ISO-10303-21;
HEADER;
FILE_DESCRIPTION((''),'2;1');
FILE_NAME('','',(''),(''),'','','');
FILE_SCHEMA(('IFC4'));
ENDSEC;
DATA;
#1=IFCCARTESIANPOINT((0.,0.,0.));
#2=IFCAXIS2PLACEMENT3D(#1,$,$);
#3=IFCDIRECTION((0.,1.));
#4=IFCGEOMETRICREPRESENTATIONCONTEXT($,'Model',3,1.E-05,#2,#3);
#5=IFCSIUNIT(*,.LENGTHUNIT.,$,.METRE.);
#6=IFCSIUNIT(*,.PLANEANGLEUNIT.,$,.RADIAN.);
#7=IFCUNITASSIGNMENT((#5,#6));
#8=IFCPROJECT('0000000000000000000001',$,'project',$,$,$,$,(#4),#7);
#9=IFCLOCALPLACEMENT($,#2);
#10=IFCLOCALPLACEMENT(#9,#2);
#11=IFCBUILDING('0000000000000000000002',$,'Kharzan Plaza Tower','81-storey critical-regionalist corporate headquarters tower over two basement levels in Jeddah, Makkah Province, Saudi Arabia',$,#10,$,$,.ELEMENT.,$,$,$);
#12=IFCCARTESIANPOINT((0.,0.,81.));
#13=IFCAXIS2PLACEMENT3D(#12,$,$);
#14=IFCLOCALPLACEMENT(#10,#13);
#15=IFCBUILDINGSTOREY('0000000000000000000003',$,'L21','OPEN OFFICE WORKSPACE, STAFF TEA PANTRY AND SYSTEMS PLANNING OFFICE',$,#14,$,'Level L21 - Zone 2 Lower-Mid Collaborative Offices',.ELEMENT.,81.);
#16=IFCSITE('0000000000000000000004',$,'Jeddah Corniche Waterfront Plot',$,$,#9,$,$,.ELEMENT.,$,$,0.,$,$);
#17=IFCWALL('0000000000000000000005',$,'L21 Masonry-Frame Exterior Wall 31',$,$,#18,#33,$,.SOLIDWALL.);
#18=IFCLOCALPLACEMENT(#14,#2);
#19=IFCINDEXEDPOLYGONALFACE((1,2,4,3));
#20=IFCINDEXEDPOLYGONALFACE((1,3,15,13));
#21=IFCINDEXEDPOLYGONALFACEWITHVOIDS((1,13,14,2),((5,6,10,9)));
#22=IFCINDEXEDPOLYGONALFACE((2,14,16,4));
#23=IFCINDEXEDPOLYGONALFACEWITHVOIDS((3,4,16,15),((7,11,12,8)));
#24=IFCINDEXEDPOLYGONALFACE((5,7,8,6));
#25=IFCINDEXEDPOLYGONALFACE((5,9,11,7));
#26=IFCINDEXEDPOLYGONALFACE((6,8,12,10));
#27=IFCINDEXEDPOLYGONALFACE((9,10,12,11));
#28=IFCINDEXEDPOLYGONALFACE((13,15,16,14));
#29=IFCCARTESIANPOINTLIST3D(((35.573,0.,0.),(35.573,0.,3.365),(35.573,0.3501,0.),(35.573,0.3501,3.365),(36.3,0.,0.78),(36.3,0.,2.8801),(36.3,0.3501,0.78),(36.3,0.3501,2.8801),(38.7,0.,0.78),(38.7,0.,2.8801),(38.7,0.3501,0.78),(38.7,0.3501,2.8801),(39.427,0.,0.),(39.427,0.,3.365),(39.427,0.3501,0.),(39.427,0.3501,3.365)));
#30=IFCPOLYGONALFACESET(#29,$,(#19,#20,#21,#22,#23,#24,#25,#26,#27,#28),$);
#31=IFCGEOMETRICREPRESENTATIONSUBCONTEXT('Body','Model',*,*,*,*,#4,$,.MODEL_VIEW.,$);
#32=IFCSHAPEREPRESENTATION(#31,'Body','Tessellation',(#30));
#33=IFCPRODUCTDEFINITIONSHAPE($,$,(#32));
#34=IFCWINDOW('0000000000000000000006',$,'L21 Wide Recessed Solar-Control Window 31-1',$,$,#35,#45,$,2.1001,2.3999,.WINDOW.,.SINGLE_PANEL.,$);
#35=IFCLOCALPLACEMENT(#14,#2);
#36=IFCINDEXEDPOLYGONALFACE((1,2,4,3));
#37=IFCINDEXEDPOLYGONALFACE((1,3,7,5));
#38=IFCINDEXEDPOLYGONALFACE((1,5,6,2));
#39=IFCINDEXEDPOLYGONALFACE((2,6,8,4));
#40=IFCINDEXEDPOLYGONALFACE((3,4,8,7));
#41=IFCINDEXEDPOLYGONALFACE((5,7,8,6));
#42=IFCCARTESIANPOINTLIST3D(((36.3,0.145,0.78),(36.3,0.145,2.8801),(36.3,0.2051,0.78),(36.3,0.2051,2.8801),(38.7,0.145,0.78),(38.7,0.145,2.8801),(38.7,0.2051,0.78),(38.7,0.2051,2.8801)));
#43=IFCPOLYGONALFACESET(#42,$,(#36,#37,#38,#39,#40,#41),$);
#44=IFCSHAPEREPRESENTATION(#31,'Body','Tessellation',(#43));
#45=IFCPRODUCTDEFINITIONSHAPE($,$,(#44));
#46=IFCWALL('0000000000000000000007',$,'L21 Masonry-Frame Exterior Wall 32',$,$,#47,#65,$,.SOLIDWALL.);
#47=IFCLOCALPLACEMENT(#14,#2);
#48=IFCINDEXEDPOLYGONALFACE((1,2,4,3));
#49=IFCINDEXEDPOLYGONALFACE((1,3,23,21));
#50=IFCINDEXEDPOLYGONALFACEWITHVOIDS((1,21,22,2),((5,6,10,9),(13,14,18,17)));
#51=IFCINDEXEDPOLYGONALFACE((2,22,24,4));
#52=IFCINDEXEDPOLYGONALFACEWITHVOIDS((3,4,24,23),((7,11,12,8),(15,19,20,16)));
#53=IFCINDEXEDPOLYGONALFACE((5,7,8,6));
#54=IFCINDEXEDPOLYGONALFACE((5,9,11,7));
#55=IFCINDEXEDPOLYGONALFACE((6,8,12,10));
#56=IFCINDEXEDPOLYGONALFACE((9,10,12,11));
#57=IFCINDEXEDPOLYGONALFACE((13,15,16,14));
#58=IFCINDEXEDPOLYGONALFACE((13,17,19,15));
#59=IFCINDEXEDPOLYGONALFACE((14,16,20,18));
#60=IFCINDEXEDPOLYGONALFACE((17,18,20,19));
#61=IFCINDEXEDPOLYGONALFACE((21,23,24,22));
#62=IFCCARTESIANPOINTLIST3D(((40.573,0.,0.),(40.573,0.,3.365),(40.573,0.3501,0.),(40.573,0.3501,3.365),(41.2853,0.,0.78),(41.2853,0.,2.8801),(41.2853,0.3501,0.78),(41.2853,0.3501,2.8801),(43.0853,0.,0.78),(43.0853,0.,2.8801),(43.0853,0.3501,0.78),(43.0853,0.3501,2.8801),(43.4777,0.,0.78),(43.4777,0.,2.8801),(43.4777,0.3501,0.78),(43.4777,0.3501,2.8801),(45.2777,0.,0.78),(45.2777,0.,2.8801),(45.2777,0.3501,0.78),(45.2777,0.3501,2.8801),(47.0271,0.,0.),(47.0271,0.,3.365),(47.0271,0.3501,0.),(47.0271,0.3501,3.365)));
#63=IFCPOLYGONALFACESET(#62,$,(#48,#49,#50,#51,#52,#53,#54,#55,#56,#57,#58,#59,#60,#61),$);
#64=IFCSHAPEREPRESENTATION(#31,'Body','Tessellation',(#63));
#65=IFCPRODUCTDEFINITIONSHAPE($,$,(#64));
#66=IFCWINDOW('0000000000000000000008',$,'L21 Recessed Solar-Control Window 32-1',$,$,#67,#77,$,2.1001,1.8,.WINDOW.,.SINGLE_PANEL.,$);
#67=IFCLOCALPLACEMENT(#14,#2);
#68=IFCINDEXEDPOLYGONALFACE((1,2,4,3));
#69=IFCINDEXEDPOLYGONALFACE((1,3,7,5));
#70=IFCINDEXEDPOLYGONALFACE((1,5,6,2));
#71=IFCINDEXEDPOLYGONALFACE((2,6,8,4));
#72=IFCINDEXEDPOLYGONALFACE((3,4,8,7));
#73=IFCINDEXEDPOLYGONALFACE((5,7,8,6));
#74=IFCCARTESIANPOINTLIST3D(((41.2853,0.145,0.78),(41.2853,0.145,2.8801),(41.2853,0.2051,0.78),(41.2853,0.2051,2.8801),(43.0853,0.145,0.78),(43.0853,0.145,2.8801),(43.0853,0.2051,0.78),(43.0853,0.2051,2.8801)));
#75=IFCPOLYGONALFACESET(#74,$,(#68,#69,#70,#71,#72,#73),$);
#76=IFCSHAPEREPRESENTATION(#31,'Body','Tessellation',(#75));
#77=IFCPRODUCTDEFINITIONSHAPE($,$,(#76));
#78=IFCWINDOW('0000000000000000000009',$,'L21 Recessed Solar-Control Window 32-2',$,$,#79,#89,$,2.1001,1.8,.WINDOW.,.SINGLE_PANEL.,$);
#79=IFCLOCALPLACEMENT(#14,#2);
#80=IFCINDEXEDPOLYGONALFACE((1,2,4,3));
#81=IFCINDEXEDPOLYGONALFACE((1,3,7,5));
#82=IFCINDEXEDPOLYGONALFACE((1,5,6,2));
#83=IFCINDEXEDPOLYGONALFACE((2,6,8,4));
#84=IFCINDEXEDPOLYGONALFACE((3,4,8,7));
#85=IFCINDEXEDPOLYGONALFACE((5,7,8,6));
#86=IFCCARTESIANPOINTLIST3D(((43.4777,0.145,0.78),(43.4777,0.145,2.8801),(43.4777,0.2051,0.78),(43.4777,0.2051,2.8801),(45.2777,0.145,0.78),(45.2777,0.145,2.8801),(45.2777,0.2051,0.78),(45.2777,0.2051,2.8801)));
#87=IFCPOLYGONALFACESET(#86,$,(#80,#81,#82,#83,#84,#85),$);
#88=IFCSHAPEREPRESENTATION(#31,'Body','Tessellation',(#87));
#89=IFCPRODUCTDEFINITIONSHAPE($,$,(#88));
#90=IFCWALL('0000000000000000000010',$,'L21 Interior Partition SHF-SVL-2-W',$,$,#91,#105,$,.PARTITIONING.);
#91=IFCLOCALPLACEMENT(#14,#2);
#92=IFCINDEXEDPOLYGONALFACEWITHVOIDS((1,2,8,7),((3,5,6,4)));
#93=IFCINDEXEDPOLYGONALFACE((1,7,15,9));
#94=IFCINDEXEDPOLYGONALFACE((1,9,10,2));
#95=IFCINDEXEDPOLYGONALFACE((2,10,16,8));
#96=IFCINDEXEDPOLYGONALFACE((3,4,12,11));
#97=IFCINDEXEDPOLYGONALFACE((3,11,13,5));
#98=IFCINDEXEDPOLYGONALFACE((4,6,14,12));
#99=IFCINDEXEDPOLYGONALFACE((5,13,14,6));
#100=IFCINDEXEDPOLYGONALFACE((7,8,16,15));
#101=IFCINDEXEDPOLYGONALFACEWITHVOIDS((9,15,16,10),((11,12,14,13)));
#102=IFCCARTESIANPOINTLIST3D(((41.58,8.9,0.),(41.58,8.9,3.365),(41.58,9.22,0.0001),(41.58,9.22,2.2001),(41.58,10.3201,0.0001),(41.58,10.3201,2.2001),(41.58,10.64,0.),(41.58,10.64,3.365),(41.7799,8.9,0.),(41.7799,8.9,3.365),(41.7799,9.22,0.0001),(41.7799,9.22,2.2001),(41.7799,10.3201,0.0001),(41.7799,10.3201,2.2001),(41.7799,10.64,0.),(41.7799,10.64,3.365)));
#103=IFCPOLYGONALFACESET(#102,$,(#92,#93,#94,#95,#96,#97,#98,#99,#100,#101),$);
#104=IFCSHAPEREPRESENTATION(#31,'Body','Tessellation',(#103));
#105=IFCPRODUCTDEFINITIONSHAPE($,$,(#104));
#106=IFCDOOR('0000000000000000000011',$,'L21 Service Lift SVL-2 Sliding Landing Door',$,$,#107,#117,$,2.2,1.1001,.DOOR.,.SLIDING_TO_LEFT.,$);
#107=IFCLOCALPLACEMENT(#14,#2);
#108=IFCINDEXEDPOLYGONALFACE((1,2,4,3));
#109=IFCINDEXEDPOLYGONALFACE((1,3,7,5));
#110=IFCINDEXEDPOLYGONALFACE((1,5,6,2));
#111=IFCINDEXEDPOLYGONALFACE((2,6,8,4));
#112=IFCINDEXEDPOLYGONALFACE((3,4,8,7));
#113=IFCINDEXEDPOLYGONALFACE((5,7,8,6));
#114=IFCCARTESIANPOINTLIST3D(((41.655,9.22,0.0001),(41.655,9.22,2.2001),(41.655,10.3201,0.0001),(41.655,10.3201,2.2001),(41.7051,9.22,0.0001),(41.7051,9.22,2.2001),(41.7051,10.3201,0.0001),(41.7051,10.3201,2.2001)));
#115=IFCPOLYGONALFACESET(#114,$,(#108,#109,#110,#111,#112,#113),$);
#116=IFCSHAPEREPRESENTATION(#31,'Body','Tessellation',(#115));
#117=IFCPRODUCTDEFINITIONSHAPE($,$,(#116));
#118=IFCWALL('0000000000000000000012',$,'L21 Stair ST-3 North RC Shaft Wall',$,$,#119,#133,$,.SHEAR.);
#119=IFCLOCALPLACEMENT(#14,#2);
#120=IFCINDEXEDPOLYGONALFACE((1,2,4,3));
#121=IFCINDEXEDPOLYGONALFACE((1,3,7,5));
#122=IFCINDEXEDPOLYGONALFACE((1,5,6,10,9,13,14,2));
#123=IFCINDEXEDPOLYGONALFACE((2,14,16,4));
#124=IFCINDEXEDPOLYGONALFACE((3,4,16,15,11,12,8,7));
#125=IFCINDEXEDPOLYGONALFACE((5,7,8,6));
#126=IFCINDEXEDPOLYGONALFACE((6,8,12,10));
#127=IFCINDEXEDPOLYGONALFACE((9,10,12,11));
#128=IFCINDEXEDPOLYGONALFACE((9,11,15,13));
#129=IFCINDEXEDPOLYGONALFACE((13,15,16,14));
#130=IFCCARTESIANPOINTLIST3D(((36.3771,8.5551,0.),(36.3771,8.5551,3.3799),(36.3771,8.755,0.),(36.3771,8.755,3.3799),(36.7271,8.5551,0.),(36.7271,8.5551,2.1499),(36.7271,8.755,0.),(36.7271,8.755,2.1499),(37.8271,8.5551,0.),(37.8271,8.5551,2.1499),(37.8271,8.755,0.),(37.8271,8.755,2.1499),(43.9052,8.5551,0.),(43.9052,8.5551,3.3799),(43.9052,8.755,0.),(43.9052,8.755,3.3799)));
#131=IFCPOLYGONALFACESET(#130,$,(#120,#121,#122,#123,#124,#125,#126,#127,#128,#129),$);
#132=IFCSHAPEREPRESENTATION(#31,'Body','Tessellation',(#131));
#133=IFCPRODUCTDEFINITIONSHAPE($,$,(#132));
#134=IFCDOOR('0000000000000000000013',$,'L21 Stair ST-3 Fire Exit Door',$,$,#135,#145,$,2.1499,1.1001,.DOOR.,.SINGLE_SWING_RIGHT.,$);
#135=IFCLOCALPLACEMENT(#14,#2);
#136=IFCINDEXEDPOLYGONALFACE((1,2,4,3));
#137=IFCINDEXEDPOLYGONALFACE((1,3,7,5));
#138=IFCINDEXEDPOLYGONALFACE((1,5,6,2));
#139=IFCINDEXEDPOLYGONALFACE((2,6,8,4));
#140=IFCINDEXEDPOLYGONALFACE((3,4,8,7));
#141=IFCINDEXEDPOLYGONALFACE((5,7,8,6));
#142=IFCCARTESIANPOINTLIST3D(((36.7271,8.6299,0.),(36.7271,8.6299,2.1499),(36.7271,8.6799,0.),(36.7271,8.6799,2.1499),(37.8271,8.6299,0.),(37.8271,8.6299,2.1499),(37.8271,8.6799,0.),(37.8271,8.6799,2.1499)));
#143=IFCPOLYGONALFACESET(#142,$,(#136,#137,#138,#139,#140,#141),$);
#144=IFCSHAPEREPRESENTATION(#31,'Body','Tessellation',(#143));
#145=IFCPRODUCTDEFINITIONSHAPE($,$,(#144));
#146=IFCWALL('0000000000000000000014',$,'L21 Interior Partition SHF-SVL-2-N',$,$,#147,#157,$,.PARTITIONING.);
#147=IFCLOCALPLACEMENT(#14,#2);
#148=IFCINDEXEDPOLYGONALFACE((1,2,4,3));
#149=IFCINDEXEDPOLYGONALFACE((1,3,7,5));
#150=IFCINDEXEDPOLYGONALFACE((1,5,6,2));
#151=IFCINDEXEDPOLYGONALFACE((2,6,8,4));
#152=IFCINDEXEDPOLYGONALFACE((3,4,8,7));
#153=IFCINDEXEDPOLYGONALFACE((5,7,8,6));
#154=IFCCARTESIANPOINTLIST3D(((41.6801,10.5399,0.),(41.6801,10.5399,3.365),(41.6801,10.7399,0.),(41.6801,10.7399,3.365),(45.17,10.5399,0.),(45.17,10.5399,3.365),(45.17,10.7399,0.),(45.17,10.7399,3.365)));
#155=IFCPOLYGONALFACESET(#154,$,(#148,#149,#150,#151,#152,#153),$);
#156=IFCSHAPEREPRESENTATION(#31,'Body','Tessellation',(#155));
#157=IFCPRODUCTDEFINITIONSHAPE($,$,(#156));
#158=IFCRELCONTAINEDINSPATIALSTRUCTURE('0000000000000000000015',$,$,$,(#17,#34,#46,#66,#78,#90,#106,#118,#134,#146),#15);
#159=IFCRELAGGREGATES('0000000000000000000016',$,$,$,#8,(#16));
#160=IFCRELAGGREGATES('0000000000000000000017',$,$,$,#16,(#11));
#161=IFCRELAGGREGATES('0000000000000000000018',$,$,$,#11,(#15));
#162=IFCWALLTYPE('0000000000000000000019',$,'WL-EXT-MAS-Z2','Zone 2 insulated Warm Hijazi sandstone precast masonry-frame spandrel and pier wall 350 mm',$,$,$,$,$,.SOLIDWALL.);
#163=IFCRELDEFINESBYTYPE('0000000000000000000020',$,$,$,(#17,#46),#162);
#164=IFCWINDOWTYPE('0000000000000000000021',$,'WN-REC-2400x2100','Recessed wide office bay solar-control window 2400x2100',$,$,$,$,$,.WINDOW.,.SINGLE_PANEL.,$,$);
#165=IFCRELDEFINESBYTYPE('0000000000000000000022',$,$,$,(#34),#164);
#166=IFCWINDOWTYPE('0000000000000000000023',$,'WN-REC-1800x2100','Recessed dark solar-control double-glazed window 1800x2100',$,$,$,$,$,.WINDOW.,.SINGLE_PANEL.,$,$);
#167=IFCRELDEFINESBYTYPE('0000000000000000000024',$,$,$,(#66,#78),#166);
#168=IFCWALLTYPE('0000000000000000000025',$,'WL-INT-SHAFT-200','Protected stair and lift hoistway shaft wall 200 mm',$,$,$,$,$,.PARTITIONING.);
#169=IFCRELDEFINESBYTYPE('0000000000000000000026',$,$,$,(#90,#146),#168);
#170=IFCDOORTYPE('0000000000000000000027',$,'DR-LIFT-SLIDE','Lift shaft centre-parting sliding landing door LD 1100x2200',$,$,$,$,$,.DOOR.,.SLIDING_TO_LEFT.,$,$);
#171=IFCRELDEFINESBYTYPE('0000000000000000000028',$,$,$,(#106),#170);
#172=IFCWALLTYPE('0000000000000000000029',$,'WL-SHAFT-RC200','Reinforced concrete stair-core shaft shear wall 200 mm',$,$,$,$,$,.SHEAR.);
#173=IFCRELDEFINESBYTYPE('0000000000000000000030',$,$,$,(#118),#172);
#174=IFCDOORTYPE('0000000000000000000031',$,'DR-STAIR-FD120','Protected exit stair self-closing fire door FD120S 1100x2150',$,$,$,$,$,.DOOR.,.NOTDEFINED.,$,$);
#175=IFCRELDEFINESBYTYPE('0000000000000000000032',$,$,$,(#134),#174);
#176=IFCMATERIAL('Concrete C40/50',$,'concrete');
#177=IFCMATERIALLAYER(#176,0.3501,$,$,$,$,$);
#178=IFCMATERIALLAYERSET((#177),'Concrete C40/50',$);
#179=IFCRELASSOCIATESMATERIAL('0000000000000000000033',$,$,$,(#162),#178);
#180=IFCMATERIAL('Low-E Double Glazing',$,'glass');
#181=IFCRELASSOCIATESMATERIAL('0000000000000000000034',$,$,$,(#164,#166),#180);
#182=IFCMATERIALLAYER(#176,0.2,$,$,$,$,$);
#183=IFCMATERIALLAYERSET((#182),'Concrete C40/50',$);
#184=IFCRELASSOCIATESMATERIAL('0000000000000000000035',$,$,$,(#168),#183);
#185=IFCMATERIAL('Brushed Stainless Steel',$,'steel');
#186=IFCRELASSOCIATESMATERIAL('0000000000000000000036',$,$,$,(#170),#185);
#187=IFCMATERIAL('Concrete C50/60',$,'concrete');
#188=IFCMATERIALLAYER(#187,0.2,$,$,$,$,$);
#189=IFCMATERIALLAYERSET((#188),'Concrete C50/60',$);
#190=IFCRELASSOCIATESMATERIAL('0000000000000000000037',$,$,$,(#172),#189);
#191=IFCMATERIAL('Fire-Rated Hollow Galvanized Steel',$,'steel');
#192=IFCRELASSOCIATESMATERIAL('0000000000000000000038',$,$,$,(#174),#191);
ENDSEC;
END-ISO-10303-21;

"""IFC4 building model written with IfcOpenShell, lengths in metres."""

from ifc_helpers import new_model, si_unit, direction, frame, frame_2d, origin, place, context, subcontext, project, spatial, rectangle, extrude, source, transform, mapped, material, layer, layer_set, type_object, element, fill, save


model = new_model("IFC4")

# Units and contexts
model_context = context("Model", 3, precision=1e-05, world=origin(), true_north=direction((0.0, 1.0)))
body_context = subcontext(model_context, "Body", "Model", "MODEL_VIEW")
ifc_project = project(units=[si_unit("LENGTHUNIT", "METRE"), si_unit("PLANEANGLEUNIT", "RADIAN")], contexts=[model_context])

# Site, building, storey
site_placement = place(None, origin())
site = spatial("IfcSite", under=ifc_project, at=site_placement, Name="Jeddah Corniche Waterfront Plot", CompositionType="ELEMENT", RefElevation=0.0)
building_placement = place(site_placement, origin())
building = spatial("IfcBuilding", under=site, at=building_placement, Name="Kharzan Plaza Tower", Description="81-storey critical-regionalist corporate headquarters tower over two basement levels in Jeddah, Makkah Province, Saudi Arabia", CompositionType="ELEMENT")
storey_placement = place(building_placement, frame((0.0, 0.0, 81.0)))
storey = spatial("IfcBuildingStorey", under=building, at=storey_placement, Name="L21", Description="OPEN OFFICE WORKSPACE, STAFF TEA PANTRY AND SYSTEMS PLANNING OFFICE", LongName="Level L21 - Zone 2 Lower-Mid Collaborative Offices", CompositionType="ELEMENT", Elevation=81.0)

# Wall, opening, window
ifc_material_1 = material(Name="Concrete C40/50", Category="concrete")
ifc_layer_1 = layer(ifc_material_1, 0.3501)
ifc_layer_set_1 = layer_set([ifc_layer_1], Name="Concrete C40/50")
wall_type_1 = type_object("IfcWallType", Name="WL-EXT-MAS-Z2", Description="Zone 2 insulated Warm Hijazi sandstone precast masonry-frame spandrel and pier wall 350 mm", PredefinedType="SOLIDWALL", material=ifc_layer_set_1)
wall_1_placement = place(storey_placement, frame((35.573, 0.175, 0.0), z_axis=(0.0, 0.0, 1.0), x_axis=(1.0, 0.0, 0.0)))
wall_1 = element("IfcWall", 1, at=wall_1_placement, inside=storey, type_object=wall_type_1, Name="L21 Masonry-Frame Exterior Wall 31", PredefinedType="SOLIDWALL", context=body_context, shape_type="SweptSolid", body=[
    extrude(rectangle(XDim=3.854, YDim=0.3501, at=frame_2d((1.927, 0.0))), origin(), (0.0, 0.0, 1.0), 3.365),
])
opening_1_placement = place(wall_1_placement, frame((0.7271, 0.0, 0.78)))
opening_1 = element("IfcOpeningElement", 2, at=opening_1_placement, cuts=wall_1, PredefinedType="OPENING", context=body_context, shape_type="SweptSolid", body=[
    extrude(rectangle(XDim=2.3999, YDim=2.1001, at=frame_2d((1.2, 1.05))), frame((0.0, 0.1851, 0.0), z_axis=(0.0, -1.0, 0.0), x_axis=(1.0, 0.0, 0.0)), (0.0, 0.0, 1.0), 0.3701),
])
ifc_material_2 = material(Name="Low-E Double Glazing", Category="glass")
window_type_1 = type_object("IfcWindowType", Name="WN-REC-2400x2100", Description="Recessed wide office bay solar-control window 2400x2100", PartitioningType="SINGLE_PANEL", PredefinedType="WINDOW", material=ifc_material_2)
shared_shape_1 = source(origin(), body_context, "Body", "SweptSolid", [
    extrude(rectangle(XDim=2.3999, YDim=2.1001, at=frame_2d((1.2, 1.05))), frame((0.0, 0.03, 0.0), z_axis=(0.0, -1.0, 0.0), x_axis=(1.0, 0.0, 0.0)), (0.0, 0.0, 1.0), 0.0601),
])
window_1_placement = place(opening_1_placement, origin())
window_1 = element("IfcWindow", 3, at=window_1_placement, inside=storey, type_object=window_type_1, Name="L21 Wide Recessed Solar-Control Window 31-1", OverallHeight=2.1001, OverallWidth=2.3999, PartitioningType="SINGLE_PANEL", PredefinedType="WINDOW", context=body_context, shape_type="MappedRepresentation", body=[
    mapped(shared_shape_1, transform((0.0, 0.0, 0.0), x_axis=(1.0, 0.0, 0.0), y_axis=(0.0, 1.0, 0.0), z_axis=(0.0, 0.0, 1.0))),
])
fill(opening_1, window_1)

# Wall, openings, windows
wall_2_placement = place(storey_placement, frame((40.573, 0.175, 0.0), z_axis=(0.0, 0.0, 1.0), x_axis=(1.0, 0.0, 0.0)))
wall_2 = element("IfcWall", 4, at=wall_2_placement, inside=storey, type_object=wall_type_1, Name="L21 Masonry-Frame Exterior Wall 32", PredefinedType="SOLIDWALL", context=body_context, shape_type="SweptSolid", body=[
    extrude(rectangle(XDim=6.4541, YDim=0.3501, at=frame_2d((3.2271, 0.0))), origin(), (0.0, 0.0, 1.0), 3.365),
])
opening_2_placement = place(wall_2_placement, frame((0.7124, 0.0, 0.78)))
opening_2 = element("IfcOpeningElement", 5, at=opening_2_placement, cuts=wall_2, PredefinedType="OPENING", context=body_context, shape_type="SweptSolid", body=[
    extrude(rectangle(XDim=1.8, YDim=2.1001, at=frame_2d((0.8999, 1.05))), frame((0.0, 0.1851, 0.0), z_axis=(0.0, -1.0, 0.0), x_axis=(1.0, 0.0, 0.0)), (0.0, 0.0, 1.0), 0.3701),
])
opening_3_placement = place(wall_2_placement, frame((2.9048, 0.0, 0.78)))
opening_3 = element("IfcOpeningElement", 6, at=opening_3_placement, cuts=wall_2, PredefinedType="OPENING", context=body_context, shape_type="SweptSolid", body=[
    extrude(rectangle(XDim=1.8, YDim=2.1001, at=frame_2d((0.8999, 1.05))), frame((0.0, 0.1851, 0.0), z_axis=(0.0, -1.0, 0.0), x_axis=(1.0, 0.0, 0.0)), (0.0, 0.0, 1.0), 0.3701),
])
window_type_2 = type_object("IfcWindowType", Name="WN-REC-1800x2100", Description="Recessed dark solar-control double-glazed window 1800x2100", PartitioningType="SINGLE_PANEL", PredefinedType="WINDOW", material=ifc_material_2)
shared_shape_2 = source(origin(), body_context, "Body", "SweptSolid", [
    extrude(rectangle(XDim=1.8, YDim=2.1001, at=frame_2d((0.8999, 1.05))), frame((0.0, 0.03, 0.0), z_axis=(0.0, -1.0, 0.0), x_axis=(1.0, 0.0, 0.0)), (0.0, 0.0, 1.0), 0.0601),
])
window_2_placement = place(opening_2_placement, origin())
window_2 = element("IfcWindow", 7, at=window_2_placement, inside=storey, type_object=window_type_2, Name="L21 Recessed Solar-Control Window 32-1", OverallHeight=2.1001, OverallWidth=1.8, PartitioningType="SINGLE_PANEL", PredefinedType="WINDOW", context=body_context, shape_type="MappedRepresentation", body=[
    mapped(shared_shape_2, transform((0.0, 0.0, 0.0), x_axis=(1.0, 0.0, 0.0), y_axis=(0.0, 1.0, 0.0), z_axis=(0.0, 0.0, 1.0))),
])
fill(opening_2, window_2)
window_3_placement = place(opening_3_placement, origin())
window_3 = element("IfcWindow", 8, at=window_3_placement, inside=storey, type_object=window_type_2, Name="L21 Recessed Solar-Control Window 32-2", OverallHeight=2.1001, OverallWidth=1.8, PartitioningType="SINGLE_PANEL", PredefinedType="WINDOW", context=body_context, shape_type="MappedRepresentation", body=[
    mapped(shared_shape_2, transform((0.0, 0.0, 0.0), x_axis=(1.0, 0.0, 0.0), y_axis=(0.0, 1.0, 0.0), z_axis=(0.0, 0.0, 1.0))),
])
fill(opening_3, window_3)

# Walls, openings, doors
ifc_layer_2 = layer(ifc_material_1, 0.2)
ifc_layer_set_2 = layer_set([ifc_layer_2], Name="Concrete C40/50")
wall_type_2 = type_object("IfcWallType", Name="WL-INT-SHAFT-200", Description="Protected stair and lift hoistway shaft wall 200 mm", PredefinedType="PARTITIONING", material=ifc_layer_set_2)
wall_3_placement = place(storey_placement, frame((41.6799, 8.8999, 0.0), z_axis=(0.0, 0.0, 1.0), x_axis=(0.0, 1.0, 0.0)))
wall_3 = element("IfcWall", 9, at=wall_3_placement, inside=storey, type_object=wall_type_2, Name="L21 Interior Partition SHF-SVL-2-W", PredefinedType="PARTITIONING", context=body_context, shape_type="SweptSolid", body=[
    extrude(rectangle(XDim=1.74, YDim=0.2, at=frame_2d((0.8701, 0.0))), origin(), (0.0, 0.0, 1.0), 3.365),
])
opening_4_placement = place(wall_3_placement, frame((0.3201, 0.0, 0.0)))
opening_4 = element("IfcOpeningElement", 10, at=opening_4_placement, cuts=wall_3, PredefinedType="OPENING", context=body_context, shape_type="SweptSolid", body=[
    extrude(rectangle(XDim=1.1001, YDim=2.2, at=frame_2d((0.55, 1.1001))), frame((0.0, 0.1099, 0.0), z_axis=(0.0, -1.0, 0.0), x_axis=(1.0, 0.0, 0.0)), (0.0, 0.0, 1.0), 0.22),
])
ifc_material_3 = material(Name="Brushed Stainless Steel", Category="steel")
door_type_1 = type_object("IfcDoorType", Name="DR-LIFT-SLIDE", Description="Lift shaft centre-parting sliding landing door LD 1100x2200", OperationType="SLIDING_TO_LEFT", PredefinedType="DOOR", material=ifc_material_3)
shared_shape_3 = source(origin(), body_context, "Body", "SweptSolid", [
    extrude(rectangle(XDim=1.1001, YDim=2.2, at=frame_2d((0.55, 1.1001))), frame((0.0, 0.0249, 0.0), z_axis=(0.0, -1.0, 0.0), x_axis=(1.0, 0.0, 0.0)), (0.0, 0.0, 1.0), 0.05),
])
door_1_placement = place(opening_4_placement, origin())
door_1 = element("IfcDoor", 11, at=door_1_placement, inside=storey, type_object=door_type_1, Name="L21 Service Lift SVL-2 Sliding Landing Door", OperationType="SLIDING_TO_LEFT", OverallHeight=2.2, OverallWidth=1.1001, PredefinedType="DOOR", context=body_context, shape_type="MappedRepresentation", body=[
    mapped(shared_shape_3, transform((0.0, 0.0, 0.0), x_axis=(1.0, 0.0, 0.0), y_axis=(0.0, 1.0, 0.0), z_axis=(0.0, 0.0, 1.0))),
])
fill(opening_4, door_1)
ifc_material_4 = material(Name="Concrete C50/60", Category="concrete")
ifc_layer_3 = layer(ifc_material_4, 0.2)
ifc_layer_set_3 = layer_set([ifc_layer_3], Name="Concrete C50/60")
wall_type_3 = type_object("IfcWallType", Name="WL-SHAFT-RC200", Description="Reinforced concrete stair-core shaft shear wall 200 mm", PredefinedType="SHEAR", material=ifc_layer_set_3)
wall_4_placement = place(storey_placement, frame((36.377, 8.655, 0.0), z_axis=(0.0, 0.0, 1.0), x_axis=(1.0, 0.0, 0.0)))
wall_4 = element("IfcWall", 12, at=wall_4_placement, inside=storey, type_object=wall_type_3, Name="L21 Stair ST-3 North RC Shaft Wall", PredefinedType="SHEAR", context=body_context, shape_type="SweptSolid", body=[
    extrude(rectangle(XDim=7.5281, YDim=0.2, at=frame_2d((3.7642, 0.0))), origin(), (0.0, 0.0, 1.0), 3.3799),
])
opening_5_placement = place(wall_4_placement, frame((0.3501, 0.0, 0.0)))
opening_5 = element("IfcOpeningElement", 13, at=opening_5_placement, cuts=wall_4, PredefinedType="OPENING", context=body_context, shape_type="SweptSolid", body=[
    extrude(rectangle(XDim=1.1001, YDim=2.1499, at=frame_2d((0.55, 1.075))), frame((0.0, 0.1099, 0.0), z_axis=(0.0, -1.0, 0.0), x_axis=(1.0, 0.0, 0.0)), (0.0, 0.0, 1.0), 0.22),
])
ifc_material_5 = material(Name="Fire-Rated Hollow Galvanized Steel", Category="steel")
door_type_2 = type_object("IfcDoorType", Name="DR-STAIR-FD120", Description="Protected exit stair self-closing fire door FD120S 1100x2150", OperationType="NOTDEFINED", PredefinedType="DOOR", material=ifc_material_5)
shared_shape_4 = source(origin(), body_context, "Body", "SweptSolid", [
    extrude(rectangle(XDim=1.1001, YDim=2.1499, at=frame_2d((0.55, 1.075))), frame((0.0, 0.0249, 0.0), z_axis=(0.0, -1.0, 0.0), x_axis=(1.0, 0.0, 0.0)), (0.0, 0.0, 1.0), 0.05),
])
door_2_placement = place(opening_5_placement, origin())
door_2 = element("IfcDoor", 14, at=door_2_placement, inside=storey, type_object=door_type_2, Name="L21 Stair ST-3 Fire Exit Door", OperationType="SINGLE_SWING_RIGHT", OverallHeight=2.1499, OverallWidth=1.1001, PredefinedType="DOOR", context=body_context, shape_type="MappedRepresentation", body=[
    mapped(shared_shape_4, transform((0.0, 0.0, 0.0), x_axis=(1.0, 0.0, 0.0), y_axis=(0.0, 1.0, 0.0), z_axis=(0.0, 0.0, 1.0))),
])
fill(opening_5, door_2)

# Wall
shared_shape_5 = source(origin(), body_context, "Body", "SweptSolid", [
    extrude(rectangle(XDim=3.49, YDim=0.2, at=frame_2d((1.7451, 0.0))), origin(), (0.0, 0.0, 1.0), 3.365),
])
wall_5_placement = place(storey_placement, frame((41.6799, 10.6399, 0.0), z_axis=(0.0, 0.0, 1.0), x_axis=(1.0, 0.0, 0.0)))
element("IfcWall", 15, at=wall_5_placement, inside=storey, type_object=wall_type_2, Name="L21 Interior Partition SHF-SVL-2-N", PredefinedType="PARTITIONING", context=body_context, shape_type="MappedRepresentation", body=[
    mapped(shared_shape_5, transform((0.0, 0.0, 0.0), x_axis=(1.0, 0.0, 0.0), y_axis=(0.0, 1.0, 0.0), z_axis=(0.0, 0.0, 1.0))),
])

save(model, "model.ifc")
